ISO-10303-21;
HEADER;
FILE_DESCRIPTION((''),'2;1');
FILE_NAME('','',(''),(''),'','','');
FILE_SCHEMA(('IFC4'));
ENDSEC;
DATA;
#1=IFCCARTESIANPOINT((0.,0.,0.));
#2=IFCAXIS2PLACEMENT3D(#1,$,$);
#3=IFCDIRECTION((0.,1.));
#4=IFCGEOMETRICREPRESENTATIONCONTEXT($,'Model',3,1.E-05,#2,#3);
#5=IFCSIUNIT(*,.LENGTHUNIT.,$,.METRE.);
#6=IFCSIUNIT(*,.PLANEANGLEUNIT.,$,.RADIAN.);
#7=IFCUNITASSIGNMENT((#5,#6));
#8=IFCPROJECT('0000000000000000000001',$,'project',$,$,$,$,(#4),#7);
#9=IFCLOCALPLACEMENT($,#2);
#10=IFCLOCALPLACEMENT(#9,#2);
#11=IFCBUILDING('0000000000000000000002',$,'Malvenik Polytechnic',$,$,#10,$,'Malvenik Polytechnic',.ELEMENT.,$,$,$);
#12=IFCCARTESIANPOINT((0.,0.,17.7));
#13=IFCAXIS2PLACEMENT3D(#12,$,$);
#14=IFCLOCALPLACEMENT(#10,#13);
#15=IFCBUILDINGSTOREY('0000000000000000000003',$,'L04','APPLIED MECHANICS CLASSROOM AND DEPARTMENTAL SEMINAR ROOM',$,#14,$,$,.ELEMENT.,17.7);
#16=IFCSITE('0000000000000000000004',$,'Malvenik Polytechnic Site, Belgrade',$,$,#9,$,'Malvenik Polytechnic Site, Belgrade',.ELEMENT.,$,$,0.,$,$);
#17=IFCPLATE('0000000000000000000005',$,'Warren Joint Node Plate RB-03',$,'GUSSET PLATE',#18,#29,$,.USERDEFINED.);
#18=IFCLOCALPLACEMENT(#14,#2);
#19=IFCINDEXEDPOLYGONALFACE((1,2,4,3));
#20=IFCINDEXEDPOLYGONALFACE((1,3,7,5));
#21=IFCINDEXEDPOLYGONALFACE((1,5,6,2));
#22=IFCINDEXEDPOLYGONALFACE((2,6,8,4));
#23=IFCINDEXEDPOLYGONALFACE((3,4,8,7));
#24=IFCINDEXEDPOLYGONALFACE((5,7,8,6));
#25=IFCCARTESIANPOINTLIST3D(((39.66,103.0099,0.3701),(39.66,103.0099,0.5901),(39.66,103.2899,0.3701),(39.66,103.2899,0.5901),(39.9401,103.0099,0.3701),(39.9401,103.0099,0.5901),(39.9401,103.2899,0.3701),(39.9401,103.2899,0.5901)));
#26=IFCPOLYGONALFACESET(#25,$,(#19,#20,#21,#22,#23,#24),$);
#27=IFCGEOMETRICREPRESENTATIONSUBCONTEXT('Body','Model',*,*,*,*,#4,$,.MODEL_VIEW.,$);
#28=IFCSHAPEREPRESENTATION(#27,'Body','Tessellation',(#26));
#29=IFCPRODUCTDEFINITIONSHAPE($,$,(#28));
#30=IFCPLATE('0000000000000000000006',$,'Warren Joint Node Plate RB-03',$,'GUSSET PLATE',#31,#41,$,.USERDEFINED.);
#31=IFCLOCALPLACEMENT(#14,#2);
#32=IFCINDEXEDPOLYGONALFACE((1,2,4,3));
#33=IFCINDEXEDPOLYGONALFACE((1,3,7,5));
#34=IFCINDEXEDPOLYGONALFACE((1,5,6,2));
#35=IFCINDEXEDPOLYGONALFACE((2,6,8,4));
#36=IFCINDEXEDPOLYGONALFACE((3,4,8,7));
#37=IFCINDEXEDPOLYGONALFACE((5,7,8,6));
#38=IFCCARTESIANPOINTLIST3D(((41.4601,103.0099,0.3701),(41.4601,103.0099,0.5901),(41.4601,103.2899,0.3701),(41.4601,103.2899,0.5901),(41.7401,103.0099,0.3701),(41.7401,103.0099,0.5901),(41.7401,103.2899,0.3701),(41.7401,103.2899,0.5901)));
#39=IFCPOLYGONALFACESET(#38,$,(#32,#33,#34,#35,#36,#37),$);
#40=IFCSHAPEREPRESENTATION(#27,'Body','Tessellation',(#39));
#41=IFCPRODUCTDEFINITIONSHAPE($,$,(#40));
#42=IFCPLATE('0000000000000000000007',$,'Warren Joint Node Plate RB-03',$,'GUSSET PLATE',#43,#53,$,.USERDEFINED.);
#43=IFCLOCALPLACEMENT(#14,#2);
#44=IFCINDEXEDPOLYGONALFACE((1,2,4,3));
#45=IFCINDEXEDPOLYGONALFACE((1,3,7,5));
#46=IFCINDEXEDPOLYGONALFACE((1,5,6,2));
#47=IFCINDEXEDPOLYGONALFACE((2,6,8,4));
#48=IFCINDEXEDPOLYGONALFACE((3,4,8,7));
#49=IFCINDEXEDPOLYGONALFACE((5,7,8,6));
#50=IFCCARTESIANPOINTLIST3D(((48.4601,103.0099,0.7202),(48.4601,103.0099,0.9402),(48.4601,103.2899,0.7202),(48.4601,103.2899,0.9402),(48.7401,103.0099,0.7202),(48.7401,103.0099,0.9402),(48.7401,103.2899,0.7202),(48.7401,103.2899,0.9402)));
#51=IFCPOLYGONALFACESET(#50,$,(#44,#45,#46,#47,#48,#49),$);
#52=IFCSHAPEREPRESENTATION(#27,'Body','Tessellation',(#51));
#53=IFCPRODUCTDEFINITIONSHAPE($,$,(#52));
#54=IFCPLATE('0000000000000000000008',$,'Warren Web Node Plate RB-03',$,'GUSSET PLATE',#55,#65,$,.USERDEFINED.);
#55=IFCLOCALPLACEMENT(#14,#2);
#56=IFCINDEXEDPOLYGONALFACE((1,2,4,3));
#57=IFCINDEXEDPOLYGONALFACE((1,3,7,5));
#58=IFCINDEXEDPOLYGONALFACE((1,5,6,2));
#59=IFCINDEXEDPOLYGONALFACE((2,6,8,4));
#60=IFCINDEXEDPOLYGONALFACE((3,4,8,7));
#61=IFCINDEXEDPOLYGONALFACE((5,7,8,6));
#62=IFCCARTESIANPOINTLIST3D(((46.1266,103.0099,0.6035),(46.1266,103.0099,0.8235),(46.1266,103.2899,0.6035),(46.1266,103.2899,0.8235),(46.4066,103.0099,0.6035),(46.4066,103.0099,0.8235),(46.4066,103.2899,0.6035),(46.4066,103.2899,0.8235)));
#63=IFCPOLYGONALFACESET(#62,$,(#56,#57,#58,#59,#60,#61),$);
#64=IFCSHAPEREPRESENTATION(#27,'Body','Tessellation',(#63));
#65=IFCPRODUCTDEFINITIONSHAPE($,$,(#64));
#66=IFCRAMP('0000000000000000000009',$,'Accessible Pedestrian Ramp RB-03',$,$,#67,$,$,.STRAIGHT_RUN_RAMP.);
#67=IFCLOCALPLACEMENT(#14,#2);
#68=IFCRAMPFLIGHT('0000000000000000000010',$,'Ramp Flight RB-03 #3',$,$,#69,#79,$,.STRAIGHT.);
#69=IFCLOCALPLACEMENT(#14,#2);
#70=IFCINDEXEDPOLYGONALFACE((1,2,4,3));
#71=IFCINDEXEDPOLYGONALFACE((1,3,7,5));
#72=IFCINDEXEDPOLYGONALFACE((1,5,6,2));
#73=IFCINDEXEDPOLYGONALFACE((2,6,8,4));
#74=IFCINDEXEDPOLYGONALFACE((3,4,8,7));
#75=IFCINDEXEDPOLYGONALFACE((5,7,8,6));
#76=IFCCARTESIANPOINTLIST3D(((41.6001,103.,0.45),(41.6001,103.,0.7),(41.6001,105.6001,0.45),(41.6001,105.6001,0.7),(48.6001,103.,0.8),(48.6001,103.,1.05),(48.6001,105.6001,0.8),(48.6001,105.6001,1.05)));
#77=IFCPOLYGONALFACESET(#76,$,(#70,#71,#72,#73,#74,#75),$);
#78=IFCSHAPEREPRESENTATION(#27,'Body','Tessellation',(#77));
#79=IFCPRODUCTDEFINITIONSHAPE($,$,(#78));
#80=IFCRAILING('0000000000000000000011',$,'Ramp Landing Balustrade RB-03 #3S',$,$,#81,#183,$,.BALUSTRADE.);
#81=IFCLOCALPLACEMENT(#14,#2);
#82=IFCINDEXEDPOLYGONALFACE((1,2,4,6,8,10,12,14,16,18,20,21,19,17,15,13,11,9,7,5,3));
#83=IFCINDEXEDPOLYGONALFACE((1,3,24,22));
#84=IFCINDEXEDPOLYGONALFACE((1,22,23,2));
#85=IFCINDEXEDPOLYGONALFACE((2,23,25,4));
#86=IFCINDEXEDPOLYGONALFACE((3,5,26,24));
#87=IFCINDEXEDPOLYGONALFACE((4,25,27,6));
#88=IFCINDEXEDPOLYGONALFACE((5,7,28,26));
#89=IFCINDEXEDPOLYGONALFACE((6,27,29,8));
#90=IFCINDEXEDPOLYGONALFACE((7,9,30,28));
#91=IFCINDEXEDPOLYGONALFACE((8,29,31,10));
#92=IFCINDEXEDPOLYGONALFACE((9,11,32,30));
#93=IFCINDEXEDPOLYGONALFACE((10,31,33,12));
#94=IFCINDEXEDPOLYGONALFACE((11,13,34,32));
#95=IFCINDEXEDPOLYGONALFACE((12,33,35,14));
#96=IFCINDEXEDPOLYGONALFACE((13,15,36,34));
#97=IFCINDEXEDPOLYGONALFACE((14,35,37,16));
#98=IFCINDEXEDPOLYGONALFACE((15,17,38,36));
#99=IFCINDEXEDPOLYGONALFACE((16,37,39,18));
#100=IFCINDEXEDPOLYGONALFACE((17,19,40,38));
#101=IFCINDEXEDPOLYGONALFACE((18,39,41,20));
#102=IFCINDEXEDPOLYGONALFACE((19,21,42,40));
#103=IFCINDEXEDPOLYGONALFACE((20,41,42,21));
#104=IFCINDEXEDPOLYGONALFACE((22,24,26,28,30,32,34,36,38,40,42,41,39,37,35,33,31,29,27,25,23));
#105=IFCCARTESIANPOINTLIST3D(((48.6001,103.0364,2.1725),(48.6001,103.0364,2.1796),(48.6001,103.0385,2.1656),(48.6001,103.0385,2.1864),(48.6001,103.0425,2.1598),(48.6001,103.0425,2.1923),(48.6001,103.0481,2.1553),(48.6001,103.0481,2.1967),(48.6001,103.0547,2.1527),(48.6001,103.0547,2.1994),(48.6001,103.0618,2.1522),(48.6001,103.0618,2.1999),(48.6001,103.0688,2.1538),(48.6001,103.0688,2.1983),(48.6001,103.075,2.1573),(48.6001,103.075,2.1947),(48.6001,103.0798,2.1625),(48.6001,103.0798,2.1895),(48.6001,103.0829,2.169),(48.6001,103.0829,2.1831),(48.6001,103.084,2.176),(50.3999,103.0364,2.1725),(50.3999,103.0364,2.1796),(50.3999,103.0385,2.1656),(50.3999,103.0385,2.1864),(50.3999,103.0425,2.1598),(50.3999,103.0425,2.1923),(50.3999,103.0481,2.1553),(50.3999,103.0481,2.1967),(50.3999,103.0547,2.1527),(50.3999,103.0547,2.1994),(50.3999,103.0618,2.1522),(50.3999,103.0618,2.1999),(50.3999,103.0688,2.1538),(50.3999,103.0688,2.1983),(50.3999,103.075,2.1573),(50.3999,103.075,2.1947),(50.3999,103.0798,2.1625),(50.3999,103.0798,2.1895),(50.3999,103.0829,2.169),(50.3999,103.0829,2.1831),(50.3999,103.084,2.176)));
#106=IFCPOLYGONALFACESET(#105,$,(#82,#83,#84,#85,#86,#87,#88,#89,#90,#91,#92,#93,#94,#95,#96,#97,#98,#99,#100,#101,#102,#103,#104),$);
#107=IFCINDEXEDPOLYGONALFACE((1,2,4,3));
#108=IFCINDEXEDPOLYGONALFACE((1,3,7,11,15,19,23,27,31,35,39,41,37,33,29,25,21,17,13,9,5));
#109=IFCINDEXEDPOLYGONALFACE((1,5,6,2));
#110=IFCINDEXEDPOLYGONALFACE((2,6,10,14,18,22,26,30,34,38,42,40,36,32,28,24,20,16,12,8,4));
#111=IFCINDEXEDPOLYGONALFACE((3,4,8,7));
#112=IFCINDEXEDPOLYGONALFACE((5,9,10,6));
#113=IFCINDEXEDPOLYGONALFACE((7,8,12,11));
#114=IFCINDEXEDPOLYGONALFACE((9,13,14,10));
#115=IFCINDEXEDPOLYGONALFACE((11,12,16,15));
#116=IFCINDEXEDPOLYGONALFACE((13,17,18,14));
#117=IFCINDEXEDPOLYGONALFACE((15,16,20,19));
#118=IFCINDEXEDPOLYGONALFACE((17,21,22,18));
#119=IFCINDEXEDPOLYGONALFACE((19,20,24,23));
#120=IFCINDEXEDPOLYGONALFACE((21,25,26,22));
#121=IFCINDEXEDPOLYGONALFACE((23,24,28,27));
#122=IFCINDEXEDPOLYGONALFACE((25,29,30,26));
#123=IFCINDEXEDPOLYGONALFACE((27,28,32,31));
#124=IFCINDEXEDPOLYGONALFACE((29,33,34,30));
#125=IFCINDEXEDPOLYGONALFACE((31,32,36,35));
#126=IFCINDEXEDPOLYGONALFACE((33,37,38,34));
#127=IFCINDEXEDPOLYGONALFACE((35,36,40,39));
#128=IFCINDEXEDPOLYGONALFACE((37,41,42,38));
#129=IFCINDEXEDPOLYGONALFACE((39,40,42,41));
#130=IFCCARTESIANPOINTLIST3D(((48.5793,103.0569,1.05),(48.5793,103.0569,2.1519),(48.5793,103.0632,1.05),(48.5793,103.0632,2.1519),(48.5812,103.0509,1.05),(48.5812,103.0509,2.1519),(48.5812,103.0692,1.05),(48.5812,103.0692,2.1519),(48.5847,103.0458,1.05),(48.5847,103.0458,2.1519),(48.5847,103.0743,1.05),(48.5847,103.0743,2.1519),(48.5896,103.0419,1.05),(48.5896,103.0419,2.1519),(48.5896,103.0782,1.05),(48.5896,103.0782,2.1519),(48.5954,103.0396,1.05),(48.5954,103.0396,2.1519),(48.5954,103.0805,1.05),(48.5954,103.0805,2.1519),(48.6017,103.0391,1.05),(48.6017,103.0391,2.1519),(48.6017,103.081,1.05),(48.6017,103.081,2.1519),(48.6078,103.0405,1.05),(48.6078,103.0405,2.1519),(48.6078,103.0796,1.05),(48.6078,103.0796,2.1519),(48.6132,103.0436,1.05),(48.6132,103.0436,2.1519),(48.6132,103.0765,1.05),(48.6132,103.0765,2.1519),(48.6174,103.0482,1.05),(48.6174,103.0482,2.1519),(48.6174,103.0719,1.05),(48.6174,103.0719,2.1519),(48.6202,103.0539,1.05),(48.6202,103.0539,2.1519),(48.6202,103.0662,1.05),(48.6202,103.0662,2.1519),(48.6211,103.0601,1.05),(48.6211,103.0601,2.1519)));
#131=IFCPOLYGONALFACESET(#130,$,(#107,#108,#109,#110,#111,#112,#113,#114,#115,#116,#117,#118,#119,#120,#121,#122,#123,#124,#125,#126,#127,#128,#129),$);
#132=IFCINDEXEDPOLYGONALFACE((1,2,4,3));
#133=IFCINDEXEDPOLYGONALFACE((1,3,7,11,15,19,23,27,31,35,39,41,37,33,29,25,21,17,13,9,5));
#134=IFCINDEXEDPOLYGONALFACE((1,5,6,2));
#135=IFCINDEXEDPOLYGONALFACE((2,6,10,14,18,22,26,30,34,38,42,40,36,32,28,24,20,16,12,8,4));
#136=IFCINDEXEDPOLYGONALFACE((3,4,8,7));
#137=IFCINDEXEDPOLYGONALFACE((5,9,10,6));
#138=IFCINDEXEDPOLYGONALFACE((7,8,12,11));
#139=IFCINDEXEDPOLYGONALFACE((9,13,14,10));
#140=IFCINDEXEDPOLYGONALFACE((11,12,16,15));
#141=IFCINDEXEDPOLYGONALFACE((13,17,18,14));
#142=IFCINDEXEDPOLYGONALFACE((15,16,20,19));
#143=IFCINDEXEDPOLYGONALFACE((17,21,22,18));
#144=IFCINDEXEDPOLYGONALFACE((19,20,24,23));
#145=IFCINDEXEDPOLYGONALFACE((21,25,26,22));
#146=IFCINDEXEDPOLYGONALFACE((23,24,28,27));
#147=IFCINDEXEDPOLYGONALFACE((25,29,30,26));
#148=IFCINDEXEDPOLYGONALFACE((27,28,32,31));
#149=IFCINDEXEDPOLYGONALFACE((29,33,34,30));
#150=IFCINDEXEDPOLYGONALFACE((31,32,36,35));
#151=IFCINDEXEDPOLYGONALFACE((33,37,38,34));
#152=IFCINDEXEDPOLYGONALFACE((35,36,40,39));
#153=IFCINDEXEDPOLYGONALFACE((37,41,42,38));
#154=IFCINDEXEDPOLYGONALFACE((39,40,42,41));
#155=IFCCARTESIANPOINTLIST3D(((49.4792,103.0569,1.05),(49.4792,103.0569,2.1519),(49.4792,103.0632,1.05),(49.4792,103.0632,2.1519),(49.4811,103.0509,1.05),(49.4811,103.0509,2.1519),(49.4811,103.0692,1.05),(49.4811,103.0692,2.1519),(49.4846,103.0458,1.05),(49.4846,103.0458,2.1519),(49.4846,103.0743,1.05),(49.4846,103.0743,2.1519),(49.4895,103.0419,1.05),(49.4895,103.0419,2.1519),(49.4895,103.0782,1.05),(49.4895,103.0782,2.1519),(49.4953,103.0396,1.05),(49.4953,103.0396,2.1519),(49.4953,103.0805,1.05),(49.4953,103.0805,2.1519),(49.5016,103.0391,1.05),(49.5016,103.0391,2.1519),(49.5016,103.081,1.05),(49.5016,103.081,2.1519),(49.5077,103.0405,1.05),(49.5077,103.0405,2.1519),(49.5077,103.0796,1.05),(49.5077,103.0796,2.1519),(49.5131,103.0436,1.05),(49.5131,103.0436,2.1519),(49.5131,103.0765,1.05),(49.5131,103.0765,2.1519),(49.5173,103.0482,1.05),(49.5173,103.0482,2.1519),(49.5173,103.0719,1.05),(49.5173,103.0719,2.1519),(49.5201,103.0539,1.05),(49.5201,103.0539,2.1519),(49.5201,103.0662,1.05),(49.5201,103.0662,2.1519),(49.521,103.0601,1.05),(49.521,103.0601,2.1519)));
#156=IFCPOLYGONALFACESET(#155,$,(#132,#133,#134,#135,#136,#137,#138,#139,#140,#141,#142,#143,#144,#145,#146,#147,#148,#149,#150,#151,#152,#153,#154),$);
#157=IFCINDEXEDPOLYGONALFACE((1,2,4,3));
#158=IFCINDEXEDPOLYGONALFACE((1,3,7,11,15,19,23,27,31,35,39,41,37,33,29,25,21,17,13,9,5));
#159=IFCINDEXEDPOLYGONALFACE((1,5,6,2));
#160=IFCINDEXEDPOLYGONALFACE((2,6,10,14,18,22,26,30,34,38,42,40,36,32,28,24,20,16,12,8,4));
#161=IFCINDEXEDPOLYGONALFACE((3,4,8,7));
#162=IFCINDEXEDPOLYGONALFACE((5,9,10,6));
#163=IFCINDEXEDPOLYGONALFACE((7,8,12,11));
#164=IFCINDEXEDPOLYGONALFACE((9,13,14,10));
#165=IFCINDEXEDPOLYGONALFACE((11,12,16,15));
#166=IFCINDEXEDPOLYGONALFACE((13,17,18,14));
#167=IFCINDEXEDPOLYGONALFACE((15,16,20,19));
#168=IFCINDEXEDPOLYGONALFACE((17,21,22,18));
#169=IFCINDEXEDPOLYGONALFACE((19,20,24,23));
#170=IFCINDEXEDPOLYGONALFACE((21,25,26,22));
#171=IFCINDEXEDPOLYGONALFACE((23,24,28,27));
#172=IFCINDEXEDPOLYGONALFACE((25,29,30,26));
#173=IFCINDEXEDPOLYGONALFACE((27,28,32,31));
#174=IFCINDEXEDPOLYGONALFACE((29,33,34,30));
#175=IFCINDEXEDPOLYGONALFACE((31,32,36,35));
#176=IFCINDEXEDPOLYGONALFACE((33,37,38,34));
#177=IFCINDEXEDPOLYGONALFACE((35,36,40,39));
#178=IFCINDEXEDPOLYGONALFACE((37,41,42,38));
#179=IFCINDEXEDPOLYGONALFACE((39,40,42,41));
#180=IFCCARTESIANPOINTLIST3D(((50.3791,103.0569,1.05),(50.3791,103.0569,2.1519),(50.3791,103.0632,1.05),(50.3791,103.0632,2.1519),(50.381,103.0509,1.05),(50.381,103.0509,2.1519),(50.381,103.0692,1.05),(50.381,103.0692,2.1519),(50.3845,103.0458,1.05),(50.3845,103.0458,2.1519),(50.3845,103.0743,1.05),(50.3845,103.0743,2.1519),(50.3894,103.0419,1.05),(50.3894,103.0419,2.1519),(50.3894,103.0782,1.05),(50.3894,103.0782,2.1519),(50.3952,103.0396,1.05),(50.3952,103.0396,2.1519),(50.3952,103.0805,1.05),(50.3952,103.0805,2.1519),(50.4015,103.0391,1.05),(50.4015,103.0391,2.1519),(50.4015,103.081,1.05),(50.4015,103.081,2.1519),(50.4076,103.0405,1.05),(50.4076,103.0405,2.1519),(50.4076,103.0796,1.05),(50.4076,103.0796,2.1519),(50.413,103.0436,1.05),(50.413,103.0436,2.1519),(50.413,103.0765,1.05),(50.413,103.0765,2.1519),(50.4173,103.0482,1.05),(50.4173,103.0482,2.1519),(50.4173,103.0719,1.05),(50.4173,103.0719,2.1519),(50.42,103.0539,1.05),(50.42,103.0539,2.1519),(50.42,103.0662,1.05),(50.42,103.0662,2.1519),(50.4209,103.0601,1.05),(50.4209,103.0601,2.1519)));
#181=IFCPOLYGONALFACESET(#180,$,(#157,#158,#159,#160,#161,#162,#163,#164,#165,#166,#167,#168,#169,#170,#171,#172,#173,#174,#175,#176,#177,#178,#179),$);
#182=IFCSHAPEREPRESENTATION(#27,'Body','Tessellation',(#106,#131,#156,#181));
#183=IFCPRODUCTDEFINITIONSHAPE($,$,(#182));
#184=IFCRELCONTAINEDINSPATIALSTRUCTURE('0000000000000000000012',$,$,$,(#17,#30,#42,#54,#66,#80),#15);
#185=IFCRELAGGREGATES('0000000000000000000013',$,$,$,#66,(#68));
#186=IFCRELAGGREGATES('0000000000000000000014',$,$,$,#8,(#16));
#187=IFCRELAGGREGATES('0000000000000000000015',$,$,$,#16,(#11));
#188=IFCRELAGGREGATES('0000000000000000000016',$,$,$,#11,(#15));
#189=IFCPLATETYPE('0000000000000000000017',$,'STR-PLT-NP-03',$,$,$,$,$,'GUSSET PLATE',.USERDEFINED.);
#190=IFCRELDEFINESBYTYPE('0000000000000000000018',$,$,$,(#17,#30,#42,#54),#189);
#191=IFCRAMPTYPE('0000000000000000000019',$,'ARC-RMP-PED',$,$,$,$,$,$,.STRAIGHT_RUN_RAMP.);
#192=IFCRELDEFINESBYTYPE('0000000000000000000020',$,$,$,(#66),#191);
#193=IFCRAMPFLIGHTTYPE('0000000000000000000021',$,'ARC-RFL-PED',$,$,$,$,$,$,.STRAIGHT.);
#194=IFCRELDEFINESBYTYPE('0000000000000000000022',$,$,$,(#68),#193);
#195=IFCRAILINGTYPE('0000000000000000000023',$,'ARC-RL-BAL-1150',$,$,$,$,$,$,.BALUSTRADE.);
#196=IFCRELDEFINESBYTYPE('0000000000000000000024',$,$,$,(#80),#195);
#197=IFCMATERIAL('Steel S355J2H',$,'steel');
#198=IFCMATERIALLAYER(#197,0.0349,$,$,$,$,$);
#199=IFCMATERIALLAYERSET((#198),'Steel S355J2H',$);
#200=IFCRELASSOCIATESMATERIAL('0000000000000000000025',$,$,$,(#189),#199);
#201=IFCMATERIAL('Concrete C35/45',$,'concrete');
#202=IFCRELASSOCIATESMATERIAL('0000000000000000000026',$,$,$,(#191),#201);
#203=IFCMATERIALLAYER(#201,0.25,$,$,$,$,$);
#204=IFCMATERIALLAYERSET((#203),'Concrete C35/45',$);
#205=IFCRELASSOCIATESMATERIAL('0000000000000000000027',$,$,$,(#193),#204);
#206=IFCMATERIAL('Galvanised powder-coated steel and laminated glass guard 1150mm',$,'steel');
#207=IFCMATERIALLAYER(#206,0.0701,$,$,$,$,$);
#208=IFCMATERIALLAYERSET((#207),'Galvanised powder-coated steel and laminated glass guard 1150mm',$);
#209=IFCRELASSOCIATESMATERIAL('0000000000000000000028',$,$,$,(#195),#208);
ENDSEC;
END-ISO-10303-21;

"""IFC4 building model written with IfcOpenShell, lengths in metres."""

from ifc_helpers import new_model, si_unit, direction, frame, origin, origin_2d, place, context, subcontext, project, spatial, polyline, rectangle, circle, outline, extrude, material, layer, layer_set, type_object, element, aggregate, save


model = new_model("IFC4")

# Units and contexts
model_context = context("Model", 3, precision=1e-05, world=origin(), true_north=direction((0.0, 1.0)))
body_context = subcontext(model_context, "Body", "Model", "MODEL_VIEW")
ifc_project = project(units=[si_unit("LENGTHUNIT", "METRE"), si_unit("PLANEANGLEUNIT", "RADIAN")], contexts=[model_context])

# Site, building, storey
site_placement = place(None, origin())
site = spatial("IfcSite", under=ifc_project, at=site_placement, Name="Malvenik Polytechnic Site, Belgrade", LongName="Malvenik Polytechnic Site, Belgrade", CompositionType="ELEMENT", RefElevation=0.0)
building_placement = place(site_placement, origin())
building = spatial("IfcBuilding", under=site, at=building_placement, Name="Malvenik Polytechnic", LongName="Malvenik Polytechnic", CompositionType="ELEMENT")
storey_placement = place(building_placement, frame((0.0, 0.0, 17.7)))
storey = spatial("IfcBuildingStorey", under=building, at=storey_placement, Name="L04", Description="APPLIED MECHANICS CLASSROOM AND DEPARTMENTAL SEMINAR ROOM", CompositionType="ELEMENT", Elevation=17.7)

# Shared definitions
ifc_material_1 = material(Name="Concrete C35/45", Category="concrete")
ifc_material_2 = material(Name="Steel S355J2H", Category="steel")

# Plates
ifc_layer_1 = layer(ifc_material_2, 0.0349)
ifc_layer_set_1 = layer_set([ifc_layer_1], Name="Steel S355J2H")
plate_type = type_object("IfcPlateType", Name="STR-PLT-NP-03", ElementType="GUSSET PLATE", PredefinedType="USERDEFINED", material=ifc_layer_set_1)
for number, where, z_axis, x_axis, name in (
    (1, (39.8, 103.1499, 0.3701), (0.0, 0.0, 1.0), (1.0, 0.0, 0.0), "Warren Joint Node Plate RB-03"),
    (2, (41.6001, 103.1499, 0.3701), (0.0, 0.0, 1.0), (1.0, 0.0, 0.0), "Warren Joint Node Plate RB-03"),
    (3, (48.6001, 103.1499, 0.7202), (0.0, 0.0, 1.0), (1.0, 0.0, 0.0), "Warren Joint Node Plate RB-03"),
    (4, (46.2666, 103.1499, 0.6035), (0.0, 0.0, 1.0), (1.0, 0.0, 0.0), "Warren Web Node Plate RB-03"),
):
    element("IfcPlate", number, at=place(storey_placement, frame(where, z_axis=z_axis, x_axis=x_axis)), inside=storey, type_object=plate_type, Name=name, ObjectType="GUSSET PLATE", PredefinedType="USERDEFINED", context=body_context, shape_type="SweptSolid", body=[
        extrude(rectangle(XDim=0.28, YDim=0.28, at=origin_2d()), origin(), (0.0, 0.0, 1.0), 0.22),
    ])

# Ramp, ramp flight
ramp_type = type_object("IfcRampType", Name="ARC-RMP-PED", PredefinedType="STRAIGHT_RUN_RAMP", material=ifc_material_1)
ramp_placement = place(storey_placement, origin())
ramp = element("IfcRamp", 5, at=ramp_placement, inside=storey, type_object=ramp_type, Name="Accessible Pedestrian Ramp RB-03", PredefinedType="STRAIGHT_RUN_RAMP")
ifc_layer_2 = layer(ifc_material_1, 0.25)
ifc_layer_set_2 = layer_set([ifc_layer_2], Name="Concrete C35/45")
ramp_flight_type = type_object("IfcRampFlightType", Name="ARC-RFL-PED", PredefinedType="STRAIGHT", material=ifc_layer_set_2)
ramp_flight_placement = place(storey_placement, frame((41.6001, 104.3, 0.7), z_axis=(0.0, 0.0, 1.0), x_axis=(1.0, 0.0, 0.0)))
ramp_flight = element("IfcRampFlight", 6, at=ramp_flight_placement, type_object=ramp_flight_type, Name="Ramp Flight RB-03 #3", PredefinedType="STRAIGHT", context=body_context, shape_type="SweptSolid", body=[
    extrude(outline(polyline([(0.0, -0.25), (7.0, 0.1001), (7.0, 0.3501), (0.0, 0.0), (0.0, -0.25)])), frame((0.0, 1.3, 0.0), z_axis=(0.0, -1.0, 0.0), x_axis=(1.0, 0.0, 0.0)), (0.0, 0.0, 1.0), 2.6001),
])
aggregate(ramp, [ramp_flight])

# Railing
ifc_material_3 = material(Name="Galvanised powder-coated steel and laminated glass guard 1150mm", Category="steel")
ifc_layer_3 = layer(ifc_material_3, 0.0701)
ifc_layer_set_3 = layer_set([ifc_layer_3], Name="Galvanised powder-coated steel and laminated glass guard 1150mm")
railing_type_1 = type_object("IfcRailingType", Name="ARC-RL-BAL-1150", PredefinedType="BALUSTRADE", material=ifc_layer_set_3)
railing_1_placement = place(storey_placement, frame((48.6001, 103.0601, 1.05)))
element("IfcRailing", 7, at=railing_1_placement, inside=storey, type_object=railing_type_1, Name="Ramp Landing Balustrade RB-03 #3S", PredefinedType="BALUSTRADE", context=body_context, shape_type="SweptSolid", body=[
    extrude(circle(Radius=0.0239, at=origin_2d()), frame((0.0, 0.0, 1.126), z_axis=(1.0, 0.0, 0.0), x_axis=(0.0, 1.0, 0.0)), (0.0, 0.0, 1.0), 1.7998),
    extrude(circle(Radius=0.021, at=origin_2d()), origin(), (0.0, 0.0, 1.0), 1.1018),
    extrude(circle(Radius=0.021, at=origin_2d()), frame((0.8999, 0.0, 0.0)), (0.0, 0.0, 1.0), 1.1018),
    extrude(circle(Radius=0.021, at=origin_2d()), frame((1.7998, 0.0, 0.0)), (0.0, 0.0, 1.0), 1.1018),
])

save(model, "model.ifc")
